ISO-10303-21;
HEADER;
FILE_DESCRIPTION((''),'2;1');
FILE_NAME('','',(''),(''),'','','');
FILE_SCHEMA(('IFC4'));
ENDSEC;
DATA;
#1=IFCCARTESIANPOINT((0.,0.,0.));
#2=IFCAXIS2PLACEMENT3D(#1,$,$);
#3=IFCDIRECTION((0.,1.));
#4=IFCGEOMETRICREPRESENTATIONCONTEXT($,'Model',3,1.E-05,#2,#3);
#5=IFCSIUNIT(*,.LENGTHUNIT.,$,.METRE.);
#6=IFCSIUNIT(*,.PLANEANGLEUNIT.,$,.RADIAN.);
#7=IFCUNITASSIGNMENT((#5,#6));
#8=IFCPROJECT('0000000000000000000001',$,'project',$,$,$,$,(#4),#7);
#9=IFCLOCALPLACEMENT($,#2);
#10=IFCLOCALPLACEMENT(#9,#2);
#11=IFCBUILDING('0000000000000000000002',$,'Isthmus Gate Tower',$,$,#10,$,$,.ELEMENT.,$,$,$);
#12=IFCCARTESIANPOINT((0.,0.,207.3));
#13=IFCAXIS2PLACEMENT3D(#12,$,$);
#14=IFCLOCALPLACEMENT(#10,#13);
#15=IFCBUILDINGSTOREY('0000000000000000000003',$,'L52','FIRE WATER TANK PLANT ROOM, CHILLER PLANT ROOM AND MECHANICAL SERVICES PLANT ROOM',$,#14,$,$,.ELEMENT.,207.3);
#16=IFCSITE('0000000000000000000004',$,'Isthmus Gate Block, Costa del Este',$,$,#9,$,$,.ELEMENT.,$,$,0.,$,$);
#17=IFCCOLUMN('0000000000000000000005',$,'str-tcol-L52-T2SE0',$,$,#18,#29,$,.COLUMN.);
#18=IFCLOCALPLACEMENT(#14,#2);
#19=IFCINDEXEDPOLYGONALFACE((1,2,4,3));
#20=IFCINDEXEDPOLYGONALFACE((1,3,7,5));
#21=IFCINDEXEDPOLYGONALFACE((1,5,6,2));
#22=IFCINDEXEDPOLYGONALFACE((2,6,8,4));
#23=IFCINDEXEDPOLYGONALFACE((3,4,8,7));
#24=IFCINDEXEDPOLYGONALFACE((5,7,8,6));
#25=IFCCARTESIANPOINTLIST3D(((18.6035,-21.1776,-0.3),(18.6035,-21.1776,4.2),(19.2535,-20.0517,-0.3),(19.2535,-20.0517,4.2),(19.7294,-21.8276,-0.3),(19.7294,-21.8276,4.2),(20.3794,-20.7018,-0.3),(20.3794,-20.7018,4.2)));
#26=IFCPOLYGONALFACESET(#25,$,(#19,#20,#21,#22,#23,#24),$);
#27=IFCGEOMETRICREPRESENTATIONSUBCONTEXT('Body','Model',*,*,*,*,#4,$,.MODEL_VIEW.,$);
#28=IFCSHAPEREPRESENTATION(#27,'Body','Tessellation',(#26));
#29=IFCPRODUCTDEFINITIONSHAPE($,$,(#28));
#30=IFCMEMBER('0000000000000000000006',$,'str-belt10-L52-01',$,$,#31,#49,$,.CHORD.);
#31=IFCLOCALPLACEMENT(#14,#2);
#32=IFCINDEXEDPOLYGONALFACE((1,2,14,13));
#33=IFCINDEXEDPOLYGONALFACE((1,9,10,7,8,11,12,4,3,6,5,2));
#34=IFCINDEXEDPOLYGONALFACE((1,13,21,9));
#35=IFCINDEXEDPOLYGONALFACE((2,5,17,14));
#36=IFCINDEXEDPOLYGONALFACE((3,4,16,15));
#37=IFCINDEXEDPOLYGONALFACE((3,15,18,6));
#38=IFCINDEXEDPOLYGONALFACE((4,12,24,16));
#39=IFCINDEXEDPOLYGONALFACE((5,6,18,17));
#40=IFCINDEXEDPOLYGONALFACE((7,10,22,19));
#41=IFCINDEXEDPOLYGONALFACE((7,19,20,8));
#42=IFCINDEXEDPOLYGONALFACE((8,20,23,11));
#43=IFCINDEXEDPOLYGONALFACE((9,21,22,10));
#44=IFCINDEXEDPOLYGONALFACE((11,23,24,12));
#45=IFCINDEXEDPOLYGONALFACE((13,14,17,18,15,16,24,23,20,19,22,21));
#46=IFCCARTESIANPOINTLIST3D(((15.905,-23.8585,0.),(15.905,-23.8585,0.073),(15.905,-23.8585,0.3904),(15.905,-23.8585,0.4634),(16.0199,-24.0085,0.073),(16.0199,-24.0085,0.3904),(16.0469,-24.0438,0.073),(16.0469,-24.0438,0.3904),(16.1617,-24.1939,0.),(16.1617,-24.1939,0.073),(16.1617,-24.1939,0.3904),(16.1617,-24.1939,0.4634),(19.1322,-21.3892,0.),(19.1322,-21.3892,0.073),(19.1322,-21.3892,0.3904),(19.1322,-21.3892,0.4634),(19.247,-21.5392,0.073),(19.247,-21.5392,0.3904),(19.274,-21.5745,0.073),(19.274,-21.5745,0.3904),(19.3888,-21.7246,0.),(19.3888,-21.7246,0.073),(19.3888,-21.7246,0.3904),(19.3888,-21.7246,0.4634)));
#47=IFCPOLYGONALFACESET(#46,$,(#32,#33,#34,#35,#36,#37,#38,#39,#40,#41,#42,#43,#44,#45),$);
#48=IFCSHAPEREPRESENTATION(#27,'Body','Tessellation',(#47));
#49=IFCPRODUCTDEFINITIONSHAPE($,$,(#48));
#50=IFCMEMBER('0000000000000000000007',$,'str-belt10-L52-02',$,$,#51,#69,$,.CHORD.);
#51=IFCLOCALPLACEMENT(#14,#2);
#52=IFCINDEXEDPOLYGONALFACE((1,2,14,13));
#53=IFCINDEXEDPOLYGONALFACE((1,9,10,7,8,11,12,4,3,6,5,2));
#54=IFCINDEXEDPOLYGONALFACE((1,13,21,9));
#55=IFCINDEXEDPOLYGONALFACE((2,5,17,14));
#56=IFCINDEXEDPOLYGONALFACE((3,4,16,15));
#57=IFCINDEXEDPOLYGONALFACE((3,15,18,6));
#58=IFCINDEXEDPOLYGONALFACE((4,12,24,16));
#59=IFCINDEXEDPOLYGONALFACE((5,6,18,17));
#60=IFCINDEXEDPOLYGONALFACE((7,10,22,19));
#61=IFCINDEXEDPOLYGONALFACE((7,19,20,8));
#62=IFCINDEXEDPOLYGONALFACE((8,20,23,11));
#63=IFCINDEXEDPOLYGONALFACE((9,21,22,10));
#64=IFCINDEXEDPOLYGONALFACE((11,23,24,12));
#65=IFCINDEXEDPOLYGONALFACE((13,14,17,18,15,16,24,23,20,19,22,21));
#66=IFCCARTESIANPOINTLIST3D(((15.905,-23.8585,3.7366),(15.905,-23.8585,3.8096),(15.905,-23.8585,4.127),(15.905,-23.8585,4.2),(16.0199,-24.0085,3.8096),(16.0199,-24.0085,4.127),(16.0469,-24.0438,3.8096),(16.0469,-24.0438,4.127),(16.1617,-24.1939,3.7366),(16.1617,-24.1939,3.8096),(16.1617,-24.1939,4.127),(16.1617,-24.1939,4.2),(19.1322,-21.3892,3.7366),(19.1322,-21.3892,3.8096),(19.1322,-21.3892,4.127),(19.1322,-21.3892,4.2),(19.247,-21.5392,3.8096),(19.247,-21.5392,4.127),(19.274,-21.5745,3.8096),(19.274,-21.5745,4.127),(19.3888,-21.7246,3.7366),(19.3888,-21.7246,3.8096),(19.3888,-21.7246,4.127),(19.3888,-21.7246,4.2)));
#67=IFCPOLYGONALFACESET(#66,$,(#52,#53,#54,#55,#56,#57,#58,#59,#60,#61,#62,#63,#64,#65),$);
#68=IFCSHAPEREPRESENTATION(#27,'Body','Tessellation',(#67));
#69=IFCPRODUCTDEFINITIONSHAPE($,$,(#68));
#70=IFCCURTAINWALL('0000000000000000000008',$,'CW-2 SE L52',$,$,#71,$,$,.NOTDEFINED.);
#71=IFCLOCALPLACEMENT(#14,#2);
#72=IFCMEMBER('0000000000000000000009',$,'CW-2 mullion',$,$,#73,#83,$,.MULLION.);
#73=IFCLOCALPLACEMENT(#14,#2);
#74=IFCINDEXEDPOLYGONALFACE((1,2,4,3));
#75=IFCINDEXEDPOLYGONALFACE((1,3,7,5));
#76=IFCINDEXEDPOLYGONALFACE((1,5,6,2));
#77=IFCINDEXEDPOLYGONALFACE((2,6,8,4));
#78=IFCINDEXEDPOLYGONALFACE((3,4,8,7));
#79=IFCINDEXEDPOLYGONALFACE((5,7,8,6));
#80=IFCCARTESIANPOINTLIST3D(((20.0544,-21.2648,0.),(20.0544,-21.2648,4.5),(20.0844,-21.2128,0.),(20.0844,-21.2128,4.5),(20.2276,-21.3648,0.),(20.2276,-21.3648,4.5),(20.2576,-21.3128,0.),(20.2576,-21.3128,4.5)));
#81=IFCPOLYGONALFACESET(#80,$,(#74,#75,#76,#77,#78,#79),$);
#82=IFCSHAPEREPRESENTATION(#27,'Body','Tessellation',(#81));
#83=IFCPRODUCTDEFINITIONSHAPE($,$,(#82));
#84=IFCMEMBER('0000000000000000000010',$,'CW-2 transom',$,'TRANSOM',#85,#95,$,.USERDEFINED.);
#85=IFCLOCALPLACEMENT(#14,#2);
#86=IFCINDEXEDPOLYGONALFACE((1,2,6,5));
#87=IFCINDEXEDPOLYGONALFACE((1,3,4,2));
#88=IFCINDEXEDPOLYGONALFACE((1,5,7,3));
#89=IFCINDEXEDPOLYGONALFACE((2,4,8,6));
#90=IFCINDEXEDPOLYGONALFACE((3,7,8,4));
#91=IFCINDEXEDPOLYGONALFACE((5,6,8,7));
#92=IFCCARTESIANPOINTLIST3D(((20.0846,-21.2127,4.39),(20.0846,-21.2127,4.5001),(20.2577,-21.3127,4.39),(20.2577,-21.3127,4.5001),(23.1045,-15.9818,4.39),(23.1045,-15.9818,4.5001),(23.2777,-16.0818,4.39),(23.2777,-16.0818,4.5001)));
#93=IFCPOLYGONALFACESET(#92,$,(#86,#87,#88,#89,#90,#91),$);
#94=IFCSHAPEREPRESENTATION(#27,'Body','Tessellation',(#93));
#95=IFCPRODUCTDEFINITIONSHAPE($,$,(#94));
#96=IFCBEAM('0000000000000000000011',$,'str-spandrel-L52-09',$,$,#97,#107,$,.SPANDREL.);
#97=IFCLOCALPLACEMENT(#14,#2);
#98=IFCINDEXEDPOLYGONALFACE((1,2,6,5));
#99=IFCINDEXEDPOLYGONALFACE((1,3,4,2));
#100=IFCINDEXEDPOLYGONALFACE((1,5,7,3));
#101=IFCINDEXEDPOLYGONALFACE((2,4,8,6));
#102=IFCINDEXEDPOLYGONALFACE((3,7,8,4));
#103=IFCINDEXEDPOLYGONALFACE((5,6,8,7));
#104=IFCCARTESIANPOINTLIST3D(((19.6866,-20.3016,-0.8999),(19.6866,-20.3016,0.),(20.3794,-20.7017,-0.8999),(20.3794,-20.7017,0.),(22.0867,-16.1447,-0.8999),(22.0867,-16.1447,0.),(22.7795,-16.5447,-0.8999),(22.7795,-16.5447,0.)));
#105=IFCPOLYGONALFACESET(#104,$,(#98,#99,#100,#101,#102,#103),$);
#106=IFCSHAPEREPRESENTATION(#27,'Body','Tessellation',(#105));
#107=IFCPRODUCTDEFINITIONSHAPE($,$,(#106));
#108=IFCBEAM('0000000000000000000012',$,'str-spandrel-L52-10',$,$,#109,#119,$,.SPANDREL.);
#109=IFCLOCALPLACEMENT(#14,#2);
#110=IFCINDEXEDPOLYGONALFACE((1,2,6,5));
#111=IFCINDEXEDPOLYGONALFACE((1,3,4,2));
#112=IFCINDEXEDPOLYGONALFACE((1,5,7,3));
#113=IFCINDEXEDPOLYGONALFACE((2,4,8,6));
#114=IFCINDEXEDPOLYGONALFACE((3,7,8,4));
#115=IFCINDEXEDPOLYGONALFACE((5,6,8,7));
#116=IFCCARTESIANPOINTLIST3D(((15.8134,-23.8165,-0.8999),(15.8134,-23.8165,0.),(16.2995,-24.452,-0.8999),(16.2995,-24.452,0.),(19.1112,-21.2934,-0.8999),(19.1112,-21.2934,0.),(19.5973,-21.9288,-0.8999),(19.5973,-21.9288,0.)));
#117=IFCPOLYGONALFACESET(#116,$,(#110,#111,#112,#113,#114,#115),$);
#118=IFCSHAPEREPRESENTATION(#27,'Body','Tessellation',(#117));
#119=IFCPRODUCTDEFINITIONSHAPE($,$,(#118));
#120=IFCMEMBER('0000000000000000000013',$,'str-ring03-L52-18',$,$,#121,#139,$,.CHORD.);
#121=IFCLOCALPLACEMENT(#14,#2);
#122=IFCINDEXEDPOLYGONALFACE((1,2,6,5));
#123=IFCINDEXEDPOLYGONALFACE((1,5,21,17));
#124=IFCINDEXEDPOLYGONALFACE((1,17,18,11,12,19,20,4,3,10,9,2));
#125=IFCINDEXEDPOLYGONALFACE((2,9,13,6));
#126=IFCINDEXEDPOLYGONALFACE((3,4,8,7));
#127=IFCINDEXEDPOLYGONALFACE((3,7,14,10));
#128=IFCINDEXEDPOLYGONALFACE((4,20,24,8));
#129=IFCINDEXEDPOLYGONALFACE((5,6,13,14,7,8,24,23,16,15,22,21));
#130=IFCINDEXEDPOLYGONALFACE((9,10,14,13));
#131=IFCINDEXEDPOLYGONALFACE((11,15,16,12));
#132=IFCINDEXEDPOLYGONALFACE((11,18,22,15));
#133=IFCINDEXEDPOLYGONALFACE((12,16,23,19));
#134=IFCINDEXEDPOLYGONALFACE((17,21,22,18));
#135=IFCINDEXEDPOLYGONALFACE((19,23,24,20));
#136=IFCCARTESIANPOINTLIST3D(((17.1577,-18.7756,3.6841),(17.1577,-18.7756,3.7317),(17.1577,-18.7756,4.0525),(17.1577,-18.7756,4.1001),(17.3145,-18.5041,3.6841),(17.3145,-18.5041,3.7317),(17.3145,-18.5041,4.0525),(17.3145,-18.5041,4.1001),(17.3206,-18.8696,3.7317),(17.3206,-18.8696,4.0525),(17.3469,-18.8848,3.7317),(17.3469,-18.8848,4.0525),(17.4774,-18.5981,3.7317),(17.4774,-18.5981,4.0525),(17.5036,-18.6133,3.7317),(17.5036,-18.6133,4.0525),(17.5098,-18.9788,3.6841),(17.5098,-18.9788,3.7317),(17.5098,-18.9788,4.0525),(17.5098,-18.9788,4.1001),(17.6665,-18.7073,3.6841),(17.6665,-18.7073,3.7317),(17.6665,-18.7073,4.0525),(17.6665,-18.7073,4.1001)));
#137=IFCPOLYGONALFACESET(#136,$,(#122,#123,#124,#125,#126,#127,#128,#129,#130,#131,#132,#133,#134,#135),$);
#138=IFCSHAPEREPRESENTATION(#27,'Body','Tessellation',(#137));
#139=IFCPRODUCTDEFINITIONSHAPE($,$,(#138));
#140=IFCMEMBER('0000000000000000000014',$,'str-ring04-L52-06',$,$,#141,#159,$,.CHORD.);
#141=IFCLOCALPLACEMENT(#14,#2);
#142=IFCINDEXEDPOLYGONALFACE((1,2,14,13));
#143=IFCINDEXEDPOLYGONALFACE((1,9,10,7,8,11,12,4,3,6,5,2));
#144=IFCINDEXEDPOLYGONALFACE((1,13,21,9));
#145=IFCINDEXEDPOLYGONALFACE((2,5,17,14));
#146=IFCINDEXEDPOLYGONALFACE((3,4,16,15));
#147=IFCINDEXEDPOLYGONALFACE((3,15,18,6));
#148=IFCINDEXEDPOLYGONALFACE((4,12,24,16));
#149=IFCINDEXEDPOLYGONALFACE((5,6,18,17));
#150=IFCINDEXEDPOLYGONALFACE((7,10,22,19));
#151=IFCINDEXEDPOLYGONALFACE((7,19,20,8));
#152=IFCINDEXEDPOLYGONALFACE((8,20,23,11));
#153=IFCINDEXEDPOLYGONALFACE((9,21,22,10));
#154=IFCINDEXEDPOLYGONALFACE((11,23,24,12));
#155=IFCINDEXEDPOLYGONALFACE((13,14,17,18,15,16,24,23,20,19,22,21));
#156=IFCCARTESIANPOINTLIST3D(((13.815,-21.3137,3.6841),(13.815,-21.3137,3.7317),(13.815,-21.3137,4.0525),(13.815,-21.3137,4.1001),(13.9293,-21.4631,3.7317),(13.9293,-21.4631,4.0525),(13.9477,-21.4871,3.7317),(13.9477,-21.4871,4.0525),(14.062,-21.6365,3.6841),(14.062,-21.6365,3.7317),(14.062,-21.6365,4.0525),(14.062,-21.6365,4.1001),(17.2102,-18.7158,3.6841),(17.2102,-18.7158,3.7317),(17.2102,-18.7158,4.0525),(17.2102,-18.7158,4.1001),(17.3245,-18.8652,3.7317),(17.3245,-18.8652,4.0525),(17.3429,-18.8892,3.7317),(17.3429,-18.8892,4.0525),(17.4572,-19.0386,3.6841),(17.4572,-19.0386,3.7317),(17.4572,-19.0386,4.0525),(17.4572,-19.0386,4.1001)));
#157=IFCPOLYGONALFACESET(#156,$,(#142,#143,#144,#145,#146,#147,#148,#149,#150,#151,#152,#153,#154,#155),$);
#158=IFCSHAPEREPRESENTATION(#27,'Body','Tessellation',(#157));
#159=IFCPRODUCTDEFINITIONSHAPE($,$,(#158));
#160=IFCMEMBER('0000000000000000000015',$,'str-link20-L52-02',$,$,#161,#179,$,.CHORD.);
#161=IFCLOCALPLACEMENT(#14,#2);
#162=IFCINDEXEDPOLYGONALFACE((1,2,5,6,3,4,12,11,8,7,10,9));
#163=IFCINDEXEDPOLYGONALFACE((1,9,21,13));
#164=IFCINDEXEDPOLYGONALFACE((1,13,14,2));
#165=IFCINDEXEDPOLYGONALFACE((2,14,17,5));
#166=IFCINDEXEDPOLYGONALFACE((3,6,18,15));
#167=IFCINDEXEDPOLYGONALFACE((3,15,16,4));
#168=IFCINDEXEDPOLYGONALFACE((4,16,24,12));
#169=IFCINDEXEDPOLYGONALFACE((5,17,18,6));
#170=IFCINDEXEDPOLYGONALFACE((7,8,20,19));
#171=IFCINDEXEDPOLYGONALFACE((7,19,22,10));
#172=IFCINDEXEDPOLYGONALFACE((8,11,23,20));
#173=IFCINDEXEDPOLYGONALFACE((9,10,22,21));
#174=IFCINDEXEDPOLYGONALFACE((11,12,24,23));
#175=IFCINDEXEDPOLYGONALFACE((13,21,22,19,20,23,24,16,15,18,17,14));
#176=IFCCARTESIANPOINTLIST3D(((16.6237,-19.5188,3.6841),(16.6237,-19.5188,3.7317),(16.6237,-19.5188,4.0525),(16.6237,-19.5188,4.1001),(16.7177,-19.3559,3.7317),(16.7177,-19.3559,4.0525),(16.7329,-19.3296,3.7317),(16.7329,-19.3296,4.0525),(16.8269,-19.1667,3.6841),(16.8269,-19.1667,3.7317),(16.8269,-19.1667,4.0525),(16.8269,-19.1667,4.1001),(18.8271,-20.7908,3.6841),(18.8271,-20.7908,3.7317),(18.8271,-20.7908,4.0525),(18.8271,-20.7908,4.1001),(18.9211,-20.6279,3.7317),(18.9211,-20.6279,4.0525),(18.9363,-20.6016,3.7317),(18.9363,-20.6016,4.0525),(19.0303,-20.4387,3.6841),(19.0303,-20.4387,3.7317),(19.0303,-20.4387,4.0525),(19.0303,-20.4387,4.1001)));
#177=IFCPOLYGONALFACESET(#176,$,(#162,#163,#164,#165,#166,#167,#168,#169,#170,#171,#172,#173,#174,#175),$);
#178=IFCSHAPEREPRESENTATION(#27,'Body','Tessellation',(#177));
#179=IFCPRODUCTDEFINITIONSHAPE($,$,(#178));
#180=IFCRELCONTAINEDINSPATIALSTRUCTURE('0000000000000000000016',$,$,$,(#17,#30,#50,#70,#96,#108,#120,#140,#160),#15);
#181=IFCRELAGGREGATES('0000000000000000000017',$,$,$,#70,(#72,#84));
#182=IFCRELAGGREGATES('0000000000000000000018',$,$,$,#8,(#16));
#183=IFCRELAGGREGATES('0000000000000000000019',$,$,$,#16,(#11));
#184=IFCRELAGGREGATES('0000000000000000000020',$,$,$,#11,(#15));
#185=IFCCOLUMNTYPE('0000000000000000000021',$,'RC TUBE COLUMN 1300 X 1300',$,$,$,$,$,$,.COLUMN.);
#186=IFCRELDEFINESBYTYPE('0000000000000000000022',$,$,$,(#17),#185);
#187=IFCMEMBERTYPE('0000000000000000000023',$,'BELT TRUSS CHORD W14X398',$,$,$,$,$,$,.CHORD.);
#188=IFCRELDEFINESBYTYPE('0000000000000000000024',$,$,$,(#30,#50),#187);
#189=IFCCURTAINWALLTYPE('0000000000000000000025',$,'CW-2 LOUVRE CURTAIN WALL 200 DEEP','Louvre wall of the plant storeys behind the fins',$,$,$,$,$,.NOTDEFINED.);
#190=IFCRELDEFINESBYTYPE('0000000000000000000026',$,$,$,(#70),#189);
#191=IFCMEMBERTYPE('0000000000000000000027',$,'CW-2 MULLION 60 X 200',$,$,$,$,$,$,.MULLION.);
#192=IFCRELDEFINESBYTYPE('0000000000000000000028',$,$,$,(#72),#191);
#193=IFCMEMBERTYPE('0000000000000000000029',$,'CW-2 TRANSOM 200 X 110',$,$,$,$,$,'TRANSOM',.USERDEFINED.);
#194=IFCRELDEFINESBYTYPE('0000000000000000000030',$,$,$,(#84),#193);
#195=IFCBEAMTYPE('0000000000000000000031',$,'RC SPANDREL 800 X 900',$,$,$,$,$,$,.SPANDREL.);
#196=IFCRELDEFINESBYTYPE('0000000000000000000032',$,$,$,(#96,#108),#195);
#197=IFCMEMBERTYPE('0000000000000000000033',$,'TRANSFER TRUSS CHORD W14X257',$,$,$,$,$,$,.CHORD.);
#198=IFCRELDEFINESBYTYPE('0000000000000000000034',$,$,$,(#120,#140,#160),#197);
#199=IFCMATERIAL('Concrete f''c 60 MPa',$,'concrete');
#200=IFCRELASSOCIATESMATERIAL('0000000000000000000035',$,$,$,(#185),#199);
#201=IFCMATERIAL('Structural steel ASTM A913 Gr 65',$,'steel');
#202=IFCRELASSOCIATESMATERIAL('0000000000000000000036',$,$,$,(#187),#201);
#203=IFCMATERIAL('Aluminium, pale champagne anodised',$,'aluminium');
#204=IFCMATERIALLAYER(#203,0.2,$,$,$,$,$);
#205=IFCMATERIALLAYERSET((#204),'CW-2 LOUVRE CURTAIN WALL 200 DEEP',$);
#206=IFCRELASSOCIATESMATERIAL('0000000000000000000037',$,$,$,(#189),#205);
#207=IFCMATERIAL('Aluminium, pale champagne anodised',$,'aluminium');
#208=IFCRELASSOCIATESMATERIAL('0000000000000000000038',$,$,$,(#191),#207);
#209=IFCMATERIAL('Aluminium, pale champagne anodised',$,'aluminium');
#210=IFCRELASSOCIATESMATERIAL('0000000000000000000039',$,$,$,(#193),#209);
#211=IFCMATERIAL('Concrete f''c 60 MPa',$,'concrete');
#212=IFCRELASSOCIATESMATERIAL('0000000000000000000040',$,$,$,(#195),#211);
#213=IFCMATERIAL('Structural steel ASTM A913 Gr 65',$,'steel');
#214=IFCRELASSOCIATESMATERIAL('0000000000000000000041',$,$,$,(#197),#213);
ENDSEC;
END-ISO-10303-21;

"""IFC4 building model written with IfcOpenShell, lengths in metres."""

from ifc_helpers import new_model, si_unit, direction, frame, origin, origin_2d, place, context, subcontext, project, spatial, rectangle, i_section, extrude, material, layer, layer_set, material_profile, profile_set, type_object, element, aggregate, save


model = new_model("IFC4")

# Units and contexts
model_context = context("Model", 3, precision=1e-05, world=origin(), true_north=direction((0.0, 1.0)))
body_context = subcontext(model_context, "Body", "Model", "MODEL_VIEW")
ifc_project = project(units=[si_unit("LENGTHUNIT", "METRE"), si_unit("PLANEANGLEUNIT", "RADIAN")], contexts=[model_context])

# Site, building, storey
site_placement = place(None, origin())
site = spatial("IfcSite", under=ifc_project, at=site_placement, Name="Isthmus Gate Block, Costa del Este", CompositionType="ELEMENT", RefElevation=0.0)
building_placement = place(site_placement, origin())
building = spatial("IfcBuilding", under=site, at=building_placement, Name="Isthmus Gate Tower", CompositionType="ELEMENT")
storey_placement = place(building_placement, frame((0.0, 0.0, 207.3)))
storey = spatial("IfcBuildingStorey", under=building, at=storey_placement, Name="L52", Description="FIRE WATER TANK PLANT ROOM, CHILLER PLANT ROOM AND MECHANICAL SERVICES PLANT ROOM", CompositionType="ELEMENT", Elevation=207.3)

# Column
ifc_material_1 = material(Name="Concrete f'c 60 MPa", Category="concrete")
ifc_material_profile_1 = material_profile(ifc_material_1, rectangle(XDim=1.3, YDim=1.3, at=origin_2d()), Name="RC 1300X1300")
ifc_profile_set_1 = profile_set([ifc_material_profile_1], Name="Concrete f'c 60 MPa")
column_type = type_object("IfcColumnType", Name="RC TUBE COLUMN 1300 X 1300", PredefinedType="COLUMN", material=ifc_profile_set_1)
column_placement = place(storey_placement, frame((19.4915, -20.9397, -0.3), z_axis=(0.0, 0.0, 1.0), x_axis=(0.5, 0.866025, 0.0)))
element("IfcColumn", 1, at=column_placement, inside=storey, type_object=column_type, Name="str-tcol-L52-T2SE0", PredefinedType="COLUMN", context=body_context, shape_type="SweptSolid", body=[
    extrude(rectangle(XDim=1.3, YDim=1.3, at=origin_2d()), origin(), (0.0, 0.0, 1.0), 4.5),
])

# Members
ifc_material_2 = material(Name="Structural steel ASTM A913 Gr 65", Category="steel")
ifc_material_profile_2 = material_profile(ifc_material_2, i_section(OverallWidth=0.4224, OverallDepth=0.4634, WebThickness=0.0444, FlangeThickness=0.073, at=origin_2d()), Name="W14X398")
ifc_profile_set_2 = profile_set([ifc_material_profile_2], Name="Structural steel ASTM A913 Gr 65")
member_type_1 = type_object("IfcMemberType", Name="BELT TRUSS CHORD W14X398", PredefinedType="CHORD", material=ifc_profile_set_2)
for number, where, z_axis, x_axis, name in (
    (2, (19.2605, -21.5569, 0.2317), (-0.79418, -0.607682, 0.0), (0.607682, -0.79418, 0.0), "str-belt10-L52-01"),
    (3, (19.2605, -21.5569, 3.9683), (-0.79418, -0.607682, 0.0), (0.607682, -0.79418, 0.0), "str-belt10-L52-02"),
):
    element("IfcMember", number, at=place(storey_placement, frame(where, z_axis=z_axis, x_axis=x_axis)), inside=storey, type_object=member_type_1, Name=name, PredefinedType="CHORD", context=body_context, shape_type="SweptSolid", body=[
        extrude(i_section(OverallWidth=0.4224, OverallDepth=0.4634, WebThickness=0.0444, FlangeThickness=0.073, at=origin_2d()), origin(), (0.0, 0.0, 1.0), 4.0635),
    ])

# Curtain wall, members
ifc_material_3 = material(Name="Aluminium, pale champagne anodised", Category="aluminium")
ifc_layer_1 = layer(ifc_material_3, 0.2)
ifc_layer_set_1 = layer_set([ifc_layer_1], Name="CW-2 LOUVRE CURTAIN WALL 200 DEEP")
curtain_wall_type = type_object("IfcCurtainWallType", Name="CW-2 LOUVRE CURTAIN WALL 200 DEEP", Description="Louvre wall of the plant storeys behind the fins", PredefinedType="NOTDEFINED", material=ifc_layer_set_1)
curtain_wall_1_placement = place(storey_placement, origin())
curtain_wall_1 = element("IfcCurtainWall", 4, at=curtain_wall_1_placement, inside=storey, type_object=curtain_wall_type, Name="CW-2 SE L52", PredefinedType="NOTDEFINED")
ifc_material_4 = material(Name="Aluminium, pale champagne anodised", Category="aluminium")
ifc_material_profile_3 = material_profile(ifc_material_4, rectangle(XDim=0.0601, YDim=0.2, at=origin_2d()), Name="60x200")
ifc_profile_set_3 = profile_set([ifc_material_profile_3], Name="Aluminium, pale champagne anodised")
member_type_2 = type_object("IfcMemberType", Name="CW-2 MULLION 60 X 200", PredefinedType="MULLION", material=ifc_profile_set_3)
member_1_placement = place(storey_placement, frame((20.156, -21.2888, 0.0), z_axis=(0.0, 0.0, 1.0), x_axis=(0.5, 0.866025, 0.0)))
member_1 = element("IfcMember", 5, at=member_1_placement, type_object=member_type_2, Name="CW-2 mullion", PredefinedType="MULLION", context=body_context, shape_type="SweptSolid", body=[
    extrude(rectangle(XDim=0.0601, YDim=0.2, at=origin_2d()), origin(), (0.0, 0.0, 1.0), 4.5),
])
ifc_material_5 = material(Name="Aluminium, pale champagne anodised", Category="aluminium")
ifc_material_profile_4 = material_profile(ifc_material_5, rectangle(XDim=0.2, YDim=0.1101, at=origin_2d()), Name="200x110")
ifc_profile_set_4 = profile_set([ifc_material_profile_4], Name="Aluminium, pale champagne anodised")
member_type_3 = type_object("IfcMemberType", Name="CW-2 TRANSOM 200 X 110", ElementType="TRANSOM", PredefinedType="USERDEFINED", material=ifc_profile_set_4)
member_2_placement = place(storey_placement, frame((20.1711, -21.2627, 4.4451), z_axis=(0.499991, 0.866031, 0.0), x_axis=(-0.866031, 0.499991, 0.0)))
member_2 = element("IfcMember", 6, at=member_2_placement, type_object=member_type_3, Name="CW-2 transom", ObjectType="TRANSOM", PredefinedType="USERDEFINED", context=body_context, shape_type="SweptSolid", body=[
    extrude(rectangle(XDim=0.2, YDim=0.1101, at=origin_2d()), origin(), (0.0, 0.0, 1.0), 6.04),
])

# Beams
ifc_material_6 = material(Name="Concrete f'c 60 MPa", Category="concrete")
ifc_material_profile_5 = material_profile(ifc_material_6, rectangle(XDim=0.8, YDim=0.8999, at=origin_2d()), Name="RC 800X900")
ifc_profile_set_5 = profile_set([ifc_material_profile_5], Name="Concrete f'c 60 MPa")
beam_type = type_object("IfcBeamType", Name="RC SPANDREL 800 X 900", PredefinedType="SPANDREL", material=ifc_profile_set_5)
beam_1_placement = place(storey_placement, frame((22.4331, -16.3447, -0.45), z_axis=(-0.500017, -0.866015, 0.0), x_axis=(0.866015, -0.500017, 0.0)))
element("IfcBeam", 7, at=beam_1_placement, inside=storey, type_object=beam_type, Name="str-spandrel-L52-09", PredefinedType="SPANDREL", context=body_context, shape_type="SweptSolid", body=[
    extrude(rectangle(XDim=0.8, YDim=0.8999, at=origin_2d()), origin(), (0.0, 0.0, 1.0), 4.8),
])
beam_2_placement = place(storey_placement, frame((19.3542, -21.6111, -0.45), z_axis=(-0.794206, -0.607649, 0.0), x_axis=(0.607649, -0.794206, 0.0)))
element("IfcBeam", 8, at=beam_2_placement, inside=storey, type_object=beam_type, Name="str-spandrel-L52-10", PredefinedType="SPANDREL", context=body_context, shape_type="SweptSolid", body=[
    extrude(rectangle(XDim=0.8, YDim=0.8999, at=origin_2d()), origin(), (0.0, 0.0, 1.0), 4.1523),
])

# Members
ifc_material_7 = material(Name="Structural steel ASTM A913 Gr 65", Category="steel")
ifc_material_profile_6 = material_profile(ifc_material_7, i_section(OverallWidth=0.4065, OverallDepth=0.416, WebThickness=0.0303, FlangeThickness=0.0476, at=origin_2d()), Name="W14X257")
ifc_profile_set_6 = profile_set([ifc_material_profile_6], Name="Structural steel ASTM A913 Gr 65")
member_type_4 = type_object("IfcMemberType", Name="TRANSFER TRUSS CHORD W14X257", PredefinedType="CHORD", material=ifc_profile_set_6)
member_3_placement = place(storey_placement, frame((17.4905, -18.6057, 3.8921), z_axis=(-0.499992, -0.86603, 0.0), x_axis=(0.86603, -0.499992, 0.0)))
element("IfcMember", 9, at=member_3_placement, inside=storey, type_object=member_type_4, Name="str-ring03-L52-18", PredefinedType="CHORD", context=body_context, shape_type="SweptSolid", body=[
    extrude(i_section(OverallWidth=0.4065, OverallDepth=0.416, WebThickness=0.0303, FlangeThickness=0.0476, at=origin_2d()), origin(), (0.0, 0.0, 1.0), 0.3135),
])
member_4_placement = place(storey_placement, frame((17.3337, -18.8772, 3.8921), z_axis=(-0.794186, -0.607675, 0.0), x_axis=(0.607675, -0.794186, 0.0)))
element("IfcMember", 10, at=member_4_placement, inside=storey, type_object=member_type_4, Name="str-ring04-L52-06", PredefinedType="CHORD", context=body_context, shape_type="SweptSolid", body=[
    extrude(i_section(OverallWidth=0.4065, OverallDepth=0.416, WebThickness=0.0303, FlangeThickness=0.0476, at=origin_2d()), origin(), (0.0, 0.0, 1.0), 4.2751),
])
member_5_placement = place(storey_placement, frame((18.9287, -20.6147, 3.8921), z_axis=(-0.86605, 0.499958, 0.0), x_axis=(-0.499958, -0.86605, 0.0)))
element("IfcMember", 11, at=member_5_placement, inside=storey, type_object=member_type_4, Name="str-link20-L52-02", PredefinedType="CHORD", context=body_context, shape_type="SweptSolid", body=[
    extrude(i_section(OverallWidth=0.4065, OverallDepth=0.416, WebThickness=0.0303, FlangeThickness=0.0476, at=origin_2d()), origin(), (0.0, 0.0, 1.0), 2.5442),
])

aggregate(curtain_wall_1, [member_1, member_2])

save(model, "model.ifc")
